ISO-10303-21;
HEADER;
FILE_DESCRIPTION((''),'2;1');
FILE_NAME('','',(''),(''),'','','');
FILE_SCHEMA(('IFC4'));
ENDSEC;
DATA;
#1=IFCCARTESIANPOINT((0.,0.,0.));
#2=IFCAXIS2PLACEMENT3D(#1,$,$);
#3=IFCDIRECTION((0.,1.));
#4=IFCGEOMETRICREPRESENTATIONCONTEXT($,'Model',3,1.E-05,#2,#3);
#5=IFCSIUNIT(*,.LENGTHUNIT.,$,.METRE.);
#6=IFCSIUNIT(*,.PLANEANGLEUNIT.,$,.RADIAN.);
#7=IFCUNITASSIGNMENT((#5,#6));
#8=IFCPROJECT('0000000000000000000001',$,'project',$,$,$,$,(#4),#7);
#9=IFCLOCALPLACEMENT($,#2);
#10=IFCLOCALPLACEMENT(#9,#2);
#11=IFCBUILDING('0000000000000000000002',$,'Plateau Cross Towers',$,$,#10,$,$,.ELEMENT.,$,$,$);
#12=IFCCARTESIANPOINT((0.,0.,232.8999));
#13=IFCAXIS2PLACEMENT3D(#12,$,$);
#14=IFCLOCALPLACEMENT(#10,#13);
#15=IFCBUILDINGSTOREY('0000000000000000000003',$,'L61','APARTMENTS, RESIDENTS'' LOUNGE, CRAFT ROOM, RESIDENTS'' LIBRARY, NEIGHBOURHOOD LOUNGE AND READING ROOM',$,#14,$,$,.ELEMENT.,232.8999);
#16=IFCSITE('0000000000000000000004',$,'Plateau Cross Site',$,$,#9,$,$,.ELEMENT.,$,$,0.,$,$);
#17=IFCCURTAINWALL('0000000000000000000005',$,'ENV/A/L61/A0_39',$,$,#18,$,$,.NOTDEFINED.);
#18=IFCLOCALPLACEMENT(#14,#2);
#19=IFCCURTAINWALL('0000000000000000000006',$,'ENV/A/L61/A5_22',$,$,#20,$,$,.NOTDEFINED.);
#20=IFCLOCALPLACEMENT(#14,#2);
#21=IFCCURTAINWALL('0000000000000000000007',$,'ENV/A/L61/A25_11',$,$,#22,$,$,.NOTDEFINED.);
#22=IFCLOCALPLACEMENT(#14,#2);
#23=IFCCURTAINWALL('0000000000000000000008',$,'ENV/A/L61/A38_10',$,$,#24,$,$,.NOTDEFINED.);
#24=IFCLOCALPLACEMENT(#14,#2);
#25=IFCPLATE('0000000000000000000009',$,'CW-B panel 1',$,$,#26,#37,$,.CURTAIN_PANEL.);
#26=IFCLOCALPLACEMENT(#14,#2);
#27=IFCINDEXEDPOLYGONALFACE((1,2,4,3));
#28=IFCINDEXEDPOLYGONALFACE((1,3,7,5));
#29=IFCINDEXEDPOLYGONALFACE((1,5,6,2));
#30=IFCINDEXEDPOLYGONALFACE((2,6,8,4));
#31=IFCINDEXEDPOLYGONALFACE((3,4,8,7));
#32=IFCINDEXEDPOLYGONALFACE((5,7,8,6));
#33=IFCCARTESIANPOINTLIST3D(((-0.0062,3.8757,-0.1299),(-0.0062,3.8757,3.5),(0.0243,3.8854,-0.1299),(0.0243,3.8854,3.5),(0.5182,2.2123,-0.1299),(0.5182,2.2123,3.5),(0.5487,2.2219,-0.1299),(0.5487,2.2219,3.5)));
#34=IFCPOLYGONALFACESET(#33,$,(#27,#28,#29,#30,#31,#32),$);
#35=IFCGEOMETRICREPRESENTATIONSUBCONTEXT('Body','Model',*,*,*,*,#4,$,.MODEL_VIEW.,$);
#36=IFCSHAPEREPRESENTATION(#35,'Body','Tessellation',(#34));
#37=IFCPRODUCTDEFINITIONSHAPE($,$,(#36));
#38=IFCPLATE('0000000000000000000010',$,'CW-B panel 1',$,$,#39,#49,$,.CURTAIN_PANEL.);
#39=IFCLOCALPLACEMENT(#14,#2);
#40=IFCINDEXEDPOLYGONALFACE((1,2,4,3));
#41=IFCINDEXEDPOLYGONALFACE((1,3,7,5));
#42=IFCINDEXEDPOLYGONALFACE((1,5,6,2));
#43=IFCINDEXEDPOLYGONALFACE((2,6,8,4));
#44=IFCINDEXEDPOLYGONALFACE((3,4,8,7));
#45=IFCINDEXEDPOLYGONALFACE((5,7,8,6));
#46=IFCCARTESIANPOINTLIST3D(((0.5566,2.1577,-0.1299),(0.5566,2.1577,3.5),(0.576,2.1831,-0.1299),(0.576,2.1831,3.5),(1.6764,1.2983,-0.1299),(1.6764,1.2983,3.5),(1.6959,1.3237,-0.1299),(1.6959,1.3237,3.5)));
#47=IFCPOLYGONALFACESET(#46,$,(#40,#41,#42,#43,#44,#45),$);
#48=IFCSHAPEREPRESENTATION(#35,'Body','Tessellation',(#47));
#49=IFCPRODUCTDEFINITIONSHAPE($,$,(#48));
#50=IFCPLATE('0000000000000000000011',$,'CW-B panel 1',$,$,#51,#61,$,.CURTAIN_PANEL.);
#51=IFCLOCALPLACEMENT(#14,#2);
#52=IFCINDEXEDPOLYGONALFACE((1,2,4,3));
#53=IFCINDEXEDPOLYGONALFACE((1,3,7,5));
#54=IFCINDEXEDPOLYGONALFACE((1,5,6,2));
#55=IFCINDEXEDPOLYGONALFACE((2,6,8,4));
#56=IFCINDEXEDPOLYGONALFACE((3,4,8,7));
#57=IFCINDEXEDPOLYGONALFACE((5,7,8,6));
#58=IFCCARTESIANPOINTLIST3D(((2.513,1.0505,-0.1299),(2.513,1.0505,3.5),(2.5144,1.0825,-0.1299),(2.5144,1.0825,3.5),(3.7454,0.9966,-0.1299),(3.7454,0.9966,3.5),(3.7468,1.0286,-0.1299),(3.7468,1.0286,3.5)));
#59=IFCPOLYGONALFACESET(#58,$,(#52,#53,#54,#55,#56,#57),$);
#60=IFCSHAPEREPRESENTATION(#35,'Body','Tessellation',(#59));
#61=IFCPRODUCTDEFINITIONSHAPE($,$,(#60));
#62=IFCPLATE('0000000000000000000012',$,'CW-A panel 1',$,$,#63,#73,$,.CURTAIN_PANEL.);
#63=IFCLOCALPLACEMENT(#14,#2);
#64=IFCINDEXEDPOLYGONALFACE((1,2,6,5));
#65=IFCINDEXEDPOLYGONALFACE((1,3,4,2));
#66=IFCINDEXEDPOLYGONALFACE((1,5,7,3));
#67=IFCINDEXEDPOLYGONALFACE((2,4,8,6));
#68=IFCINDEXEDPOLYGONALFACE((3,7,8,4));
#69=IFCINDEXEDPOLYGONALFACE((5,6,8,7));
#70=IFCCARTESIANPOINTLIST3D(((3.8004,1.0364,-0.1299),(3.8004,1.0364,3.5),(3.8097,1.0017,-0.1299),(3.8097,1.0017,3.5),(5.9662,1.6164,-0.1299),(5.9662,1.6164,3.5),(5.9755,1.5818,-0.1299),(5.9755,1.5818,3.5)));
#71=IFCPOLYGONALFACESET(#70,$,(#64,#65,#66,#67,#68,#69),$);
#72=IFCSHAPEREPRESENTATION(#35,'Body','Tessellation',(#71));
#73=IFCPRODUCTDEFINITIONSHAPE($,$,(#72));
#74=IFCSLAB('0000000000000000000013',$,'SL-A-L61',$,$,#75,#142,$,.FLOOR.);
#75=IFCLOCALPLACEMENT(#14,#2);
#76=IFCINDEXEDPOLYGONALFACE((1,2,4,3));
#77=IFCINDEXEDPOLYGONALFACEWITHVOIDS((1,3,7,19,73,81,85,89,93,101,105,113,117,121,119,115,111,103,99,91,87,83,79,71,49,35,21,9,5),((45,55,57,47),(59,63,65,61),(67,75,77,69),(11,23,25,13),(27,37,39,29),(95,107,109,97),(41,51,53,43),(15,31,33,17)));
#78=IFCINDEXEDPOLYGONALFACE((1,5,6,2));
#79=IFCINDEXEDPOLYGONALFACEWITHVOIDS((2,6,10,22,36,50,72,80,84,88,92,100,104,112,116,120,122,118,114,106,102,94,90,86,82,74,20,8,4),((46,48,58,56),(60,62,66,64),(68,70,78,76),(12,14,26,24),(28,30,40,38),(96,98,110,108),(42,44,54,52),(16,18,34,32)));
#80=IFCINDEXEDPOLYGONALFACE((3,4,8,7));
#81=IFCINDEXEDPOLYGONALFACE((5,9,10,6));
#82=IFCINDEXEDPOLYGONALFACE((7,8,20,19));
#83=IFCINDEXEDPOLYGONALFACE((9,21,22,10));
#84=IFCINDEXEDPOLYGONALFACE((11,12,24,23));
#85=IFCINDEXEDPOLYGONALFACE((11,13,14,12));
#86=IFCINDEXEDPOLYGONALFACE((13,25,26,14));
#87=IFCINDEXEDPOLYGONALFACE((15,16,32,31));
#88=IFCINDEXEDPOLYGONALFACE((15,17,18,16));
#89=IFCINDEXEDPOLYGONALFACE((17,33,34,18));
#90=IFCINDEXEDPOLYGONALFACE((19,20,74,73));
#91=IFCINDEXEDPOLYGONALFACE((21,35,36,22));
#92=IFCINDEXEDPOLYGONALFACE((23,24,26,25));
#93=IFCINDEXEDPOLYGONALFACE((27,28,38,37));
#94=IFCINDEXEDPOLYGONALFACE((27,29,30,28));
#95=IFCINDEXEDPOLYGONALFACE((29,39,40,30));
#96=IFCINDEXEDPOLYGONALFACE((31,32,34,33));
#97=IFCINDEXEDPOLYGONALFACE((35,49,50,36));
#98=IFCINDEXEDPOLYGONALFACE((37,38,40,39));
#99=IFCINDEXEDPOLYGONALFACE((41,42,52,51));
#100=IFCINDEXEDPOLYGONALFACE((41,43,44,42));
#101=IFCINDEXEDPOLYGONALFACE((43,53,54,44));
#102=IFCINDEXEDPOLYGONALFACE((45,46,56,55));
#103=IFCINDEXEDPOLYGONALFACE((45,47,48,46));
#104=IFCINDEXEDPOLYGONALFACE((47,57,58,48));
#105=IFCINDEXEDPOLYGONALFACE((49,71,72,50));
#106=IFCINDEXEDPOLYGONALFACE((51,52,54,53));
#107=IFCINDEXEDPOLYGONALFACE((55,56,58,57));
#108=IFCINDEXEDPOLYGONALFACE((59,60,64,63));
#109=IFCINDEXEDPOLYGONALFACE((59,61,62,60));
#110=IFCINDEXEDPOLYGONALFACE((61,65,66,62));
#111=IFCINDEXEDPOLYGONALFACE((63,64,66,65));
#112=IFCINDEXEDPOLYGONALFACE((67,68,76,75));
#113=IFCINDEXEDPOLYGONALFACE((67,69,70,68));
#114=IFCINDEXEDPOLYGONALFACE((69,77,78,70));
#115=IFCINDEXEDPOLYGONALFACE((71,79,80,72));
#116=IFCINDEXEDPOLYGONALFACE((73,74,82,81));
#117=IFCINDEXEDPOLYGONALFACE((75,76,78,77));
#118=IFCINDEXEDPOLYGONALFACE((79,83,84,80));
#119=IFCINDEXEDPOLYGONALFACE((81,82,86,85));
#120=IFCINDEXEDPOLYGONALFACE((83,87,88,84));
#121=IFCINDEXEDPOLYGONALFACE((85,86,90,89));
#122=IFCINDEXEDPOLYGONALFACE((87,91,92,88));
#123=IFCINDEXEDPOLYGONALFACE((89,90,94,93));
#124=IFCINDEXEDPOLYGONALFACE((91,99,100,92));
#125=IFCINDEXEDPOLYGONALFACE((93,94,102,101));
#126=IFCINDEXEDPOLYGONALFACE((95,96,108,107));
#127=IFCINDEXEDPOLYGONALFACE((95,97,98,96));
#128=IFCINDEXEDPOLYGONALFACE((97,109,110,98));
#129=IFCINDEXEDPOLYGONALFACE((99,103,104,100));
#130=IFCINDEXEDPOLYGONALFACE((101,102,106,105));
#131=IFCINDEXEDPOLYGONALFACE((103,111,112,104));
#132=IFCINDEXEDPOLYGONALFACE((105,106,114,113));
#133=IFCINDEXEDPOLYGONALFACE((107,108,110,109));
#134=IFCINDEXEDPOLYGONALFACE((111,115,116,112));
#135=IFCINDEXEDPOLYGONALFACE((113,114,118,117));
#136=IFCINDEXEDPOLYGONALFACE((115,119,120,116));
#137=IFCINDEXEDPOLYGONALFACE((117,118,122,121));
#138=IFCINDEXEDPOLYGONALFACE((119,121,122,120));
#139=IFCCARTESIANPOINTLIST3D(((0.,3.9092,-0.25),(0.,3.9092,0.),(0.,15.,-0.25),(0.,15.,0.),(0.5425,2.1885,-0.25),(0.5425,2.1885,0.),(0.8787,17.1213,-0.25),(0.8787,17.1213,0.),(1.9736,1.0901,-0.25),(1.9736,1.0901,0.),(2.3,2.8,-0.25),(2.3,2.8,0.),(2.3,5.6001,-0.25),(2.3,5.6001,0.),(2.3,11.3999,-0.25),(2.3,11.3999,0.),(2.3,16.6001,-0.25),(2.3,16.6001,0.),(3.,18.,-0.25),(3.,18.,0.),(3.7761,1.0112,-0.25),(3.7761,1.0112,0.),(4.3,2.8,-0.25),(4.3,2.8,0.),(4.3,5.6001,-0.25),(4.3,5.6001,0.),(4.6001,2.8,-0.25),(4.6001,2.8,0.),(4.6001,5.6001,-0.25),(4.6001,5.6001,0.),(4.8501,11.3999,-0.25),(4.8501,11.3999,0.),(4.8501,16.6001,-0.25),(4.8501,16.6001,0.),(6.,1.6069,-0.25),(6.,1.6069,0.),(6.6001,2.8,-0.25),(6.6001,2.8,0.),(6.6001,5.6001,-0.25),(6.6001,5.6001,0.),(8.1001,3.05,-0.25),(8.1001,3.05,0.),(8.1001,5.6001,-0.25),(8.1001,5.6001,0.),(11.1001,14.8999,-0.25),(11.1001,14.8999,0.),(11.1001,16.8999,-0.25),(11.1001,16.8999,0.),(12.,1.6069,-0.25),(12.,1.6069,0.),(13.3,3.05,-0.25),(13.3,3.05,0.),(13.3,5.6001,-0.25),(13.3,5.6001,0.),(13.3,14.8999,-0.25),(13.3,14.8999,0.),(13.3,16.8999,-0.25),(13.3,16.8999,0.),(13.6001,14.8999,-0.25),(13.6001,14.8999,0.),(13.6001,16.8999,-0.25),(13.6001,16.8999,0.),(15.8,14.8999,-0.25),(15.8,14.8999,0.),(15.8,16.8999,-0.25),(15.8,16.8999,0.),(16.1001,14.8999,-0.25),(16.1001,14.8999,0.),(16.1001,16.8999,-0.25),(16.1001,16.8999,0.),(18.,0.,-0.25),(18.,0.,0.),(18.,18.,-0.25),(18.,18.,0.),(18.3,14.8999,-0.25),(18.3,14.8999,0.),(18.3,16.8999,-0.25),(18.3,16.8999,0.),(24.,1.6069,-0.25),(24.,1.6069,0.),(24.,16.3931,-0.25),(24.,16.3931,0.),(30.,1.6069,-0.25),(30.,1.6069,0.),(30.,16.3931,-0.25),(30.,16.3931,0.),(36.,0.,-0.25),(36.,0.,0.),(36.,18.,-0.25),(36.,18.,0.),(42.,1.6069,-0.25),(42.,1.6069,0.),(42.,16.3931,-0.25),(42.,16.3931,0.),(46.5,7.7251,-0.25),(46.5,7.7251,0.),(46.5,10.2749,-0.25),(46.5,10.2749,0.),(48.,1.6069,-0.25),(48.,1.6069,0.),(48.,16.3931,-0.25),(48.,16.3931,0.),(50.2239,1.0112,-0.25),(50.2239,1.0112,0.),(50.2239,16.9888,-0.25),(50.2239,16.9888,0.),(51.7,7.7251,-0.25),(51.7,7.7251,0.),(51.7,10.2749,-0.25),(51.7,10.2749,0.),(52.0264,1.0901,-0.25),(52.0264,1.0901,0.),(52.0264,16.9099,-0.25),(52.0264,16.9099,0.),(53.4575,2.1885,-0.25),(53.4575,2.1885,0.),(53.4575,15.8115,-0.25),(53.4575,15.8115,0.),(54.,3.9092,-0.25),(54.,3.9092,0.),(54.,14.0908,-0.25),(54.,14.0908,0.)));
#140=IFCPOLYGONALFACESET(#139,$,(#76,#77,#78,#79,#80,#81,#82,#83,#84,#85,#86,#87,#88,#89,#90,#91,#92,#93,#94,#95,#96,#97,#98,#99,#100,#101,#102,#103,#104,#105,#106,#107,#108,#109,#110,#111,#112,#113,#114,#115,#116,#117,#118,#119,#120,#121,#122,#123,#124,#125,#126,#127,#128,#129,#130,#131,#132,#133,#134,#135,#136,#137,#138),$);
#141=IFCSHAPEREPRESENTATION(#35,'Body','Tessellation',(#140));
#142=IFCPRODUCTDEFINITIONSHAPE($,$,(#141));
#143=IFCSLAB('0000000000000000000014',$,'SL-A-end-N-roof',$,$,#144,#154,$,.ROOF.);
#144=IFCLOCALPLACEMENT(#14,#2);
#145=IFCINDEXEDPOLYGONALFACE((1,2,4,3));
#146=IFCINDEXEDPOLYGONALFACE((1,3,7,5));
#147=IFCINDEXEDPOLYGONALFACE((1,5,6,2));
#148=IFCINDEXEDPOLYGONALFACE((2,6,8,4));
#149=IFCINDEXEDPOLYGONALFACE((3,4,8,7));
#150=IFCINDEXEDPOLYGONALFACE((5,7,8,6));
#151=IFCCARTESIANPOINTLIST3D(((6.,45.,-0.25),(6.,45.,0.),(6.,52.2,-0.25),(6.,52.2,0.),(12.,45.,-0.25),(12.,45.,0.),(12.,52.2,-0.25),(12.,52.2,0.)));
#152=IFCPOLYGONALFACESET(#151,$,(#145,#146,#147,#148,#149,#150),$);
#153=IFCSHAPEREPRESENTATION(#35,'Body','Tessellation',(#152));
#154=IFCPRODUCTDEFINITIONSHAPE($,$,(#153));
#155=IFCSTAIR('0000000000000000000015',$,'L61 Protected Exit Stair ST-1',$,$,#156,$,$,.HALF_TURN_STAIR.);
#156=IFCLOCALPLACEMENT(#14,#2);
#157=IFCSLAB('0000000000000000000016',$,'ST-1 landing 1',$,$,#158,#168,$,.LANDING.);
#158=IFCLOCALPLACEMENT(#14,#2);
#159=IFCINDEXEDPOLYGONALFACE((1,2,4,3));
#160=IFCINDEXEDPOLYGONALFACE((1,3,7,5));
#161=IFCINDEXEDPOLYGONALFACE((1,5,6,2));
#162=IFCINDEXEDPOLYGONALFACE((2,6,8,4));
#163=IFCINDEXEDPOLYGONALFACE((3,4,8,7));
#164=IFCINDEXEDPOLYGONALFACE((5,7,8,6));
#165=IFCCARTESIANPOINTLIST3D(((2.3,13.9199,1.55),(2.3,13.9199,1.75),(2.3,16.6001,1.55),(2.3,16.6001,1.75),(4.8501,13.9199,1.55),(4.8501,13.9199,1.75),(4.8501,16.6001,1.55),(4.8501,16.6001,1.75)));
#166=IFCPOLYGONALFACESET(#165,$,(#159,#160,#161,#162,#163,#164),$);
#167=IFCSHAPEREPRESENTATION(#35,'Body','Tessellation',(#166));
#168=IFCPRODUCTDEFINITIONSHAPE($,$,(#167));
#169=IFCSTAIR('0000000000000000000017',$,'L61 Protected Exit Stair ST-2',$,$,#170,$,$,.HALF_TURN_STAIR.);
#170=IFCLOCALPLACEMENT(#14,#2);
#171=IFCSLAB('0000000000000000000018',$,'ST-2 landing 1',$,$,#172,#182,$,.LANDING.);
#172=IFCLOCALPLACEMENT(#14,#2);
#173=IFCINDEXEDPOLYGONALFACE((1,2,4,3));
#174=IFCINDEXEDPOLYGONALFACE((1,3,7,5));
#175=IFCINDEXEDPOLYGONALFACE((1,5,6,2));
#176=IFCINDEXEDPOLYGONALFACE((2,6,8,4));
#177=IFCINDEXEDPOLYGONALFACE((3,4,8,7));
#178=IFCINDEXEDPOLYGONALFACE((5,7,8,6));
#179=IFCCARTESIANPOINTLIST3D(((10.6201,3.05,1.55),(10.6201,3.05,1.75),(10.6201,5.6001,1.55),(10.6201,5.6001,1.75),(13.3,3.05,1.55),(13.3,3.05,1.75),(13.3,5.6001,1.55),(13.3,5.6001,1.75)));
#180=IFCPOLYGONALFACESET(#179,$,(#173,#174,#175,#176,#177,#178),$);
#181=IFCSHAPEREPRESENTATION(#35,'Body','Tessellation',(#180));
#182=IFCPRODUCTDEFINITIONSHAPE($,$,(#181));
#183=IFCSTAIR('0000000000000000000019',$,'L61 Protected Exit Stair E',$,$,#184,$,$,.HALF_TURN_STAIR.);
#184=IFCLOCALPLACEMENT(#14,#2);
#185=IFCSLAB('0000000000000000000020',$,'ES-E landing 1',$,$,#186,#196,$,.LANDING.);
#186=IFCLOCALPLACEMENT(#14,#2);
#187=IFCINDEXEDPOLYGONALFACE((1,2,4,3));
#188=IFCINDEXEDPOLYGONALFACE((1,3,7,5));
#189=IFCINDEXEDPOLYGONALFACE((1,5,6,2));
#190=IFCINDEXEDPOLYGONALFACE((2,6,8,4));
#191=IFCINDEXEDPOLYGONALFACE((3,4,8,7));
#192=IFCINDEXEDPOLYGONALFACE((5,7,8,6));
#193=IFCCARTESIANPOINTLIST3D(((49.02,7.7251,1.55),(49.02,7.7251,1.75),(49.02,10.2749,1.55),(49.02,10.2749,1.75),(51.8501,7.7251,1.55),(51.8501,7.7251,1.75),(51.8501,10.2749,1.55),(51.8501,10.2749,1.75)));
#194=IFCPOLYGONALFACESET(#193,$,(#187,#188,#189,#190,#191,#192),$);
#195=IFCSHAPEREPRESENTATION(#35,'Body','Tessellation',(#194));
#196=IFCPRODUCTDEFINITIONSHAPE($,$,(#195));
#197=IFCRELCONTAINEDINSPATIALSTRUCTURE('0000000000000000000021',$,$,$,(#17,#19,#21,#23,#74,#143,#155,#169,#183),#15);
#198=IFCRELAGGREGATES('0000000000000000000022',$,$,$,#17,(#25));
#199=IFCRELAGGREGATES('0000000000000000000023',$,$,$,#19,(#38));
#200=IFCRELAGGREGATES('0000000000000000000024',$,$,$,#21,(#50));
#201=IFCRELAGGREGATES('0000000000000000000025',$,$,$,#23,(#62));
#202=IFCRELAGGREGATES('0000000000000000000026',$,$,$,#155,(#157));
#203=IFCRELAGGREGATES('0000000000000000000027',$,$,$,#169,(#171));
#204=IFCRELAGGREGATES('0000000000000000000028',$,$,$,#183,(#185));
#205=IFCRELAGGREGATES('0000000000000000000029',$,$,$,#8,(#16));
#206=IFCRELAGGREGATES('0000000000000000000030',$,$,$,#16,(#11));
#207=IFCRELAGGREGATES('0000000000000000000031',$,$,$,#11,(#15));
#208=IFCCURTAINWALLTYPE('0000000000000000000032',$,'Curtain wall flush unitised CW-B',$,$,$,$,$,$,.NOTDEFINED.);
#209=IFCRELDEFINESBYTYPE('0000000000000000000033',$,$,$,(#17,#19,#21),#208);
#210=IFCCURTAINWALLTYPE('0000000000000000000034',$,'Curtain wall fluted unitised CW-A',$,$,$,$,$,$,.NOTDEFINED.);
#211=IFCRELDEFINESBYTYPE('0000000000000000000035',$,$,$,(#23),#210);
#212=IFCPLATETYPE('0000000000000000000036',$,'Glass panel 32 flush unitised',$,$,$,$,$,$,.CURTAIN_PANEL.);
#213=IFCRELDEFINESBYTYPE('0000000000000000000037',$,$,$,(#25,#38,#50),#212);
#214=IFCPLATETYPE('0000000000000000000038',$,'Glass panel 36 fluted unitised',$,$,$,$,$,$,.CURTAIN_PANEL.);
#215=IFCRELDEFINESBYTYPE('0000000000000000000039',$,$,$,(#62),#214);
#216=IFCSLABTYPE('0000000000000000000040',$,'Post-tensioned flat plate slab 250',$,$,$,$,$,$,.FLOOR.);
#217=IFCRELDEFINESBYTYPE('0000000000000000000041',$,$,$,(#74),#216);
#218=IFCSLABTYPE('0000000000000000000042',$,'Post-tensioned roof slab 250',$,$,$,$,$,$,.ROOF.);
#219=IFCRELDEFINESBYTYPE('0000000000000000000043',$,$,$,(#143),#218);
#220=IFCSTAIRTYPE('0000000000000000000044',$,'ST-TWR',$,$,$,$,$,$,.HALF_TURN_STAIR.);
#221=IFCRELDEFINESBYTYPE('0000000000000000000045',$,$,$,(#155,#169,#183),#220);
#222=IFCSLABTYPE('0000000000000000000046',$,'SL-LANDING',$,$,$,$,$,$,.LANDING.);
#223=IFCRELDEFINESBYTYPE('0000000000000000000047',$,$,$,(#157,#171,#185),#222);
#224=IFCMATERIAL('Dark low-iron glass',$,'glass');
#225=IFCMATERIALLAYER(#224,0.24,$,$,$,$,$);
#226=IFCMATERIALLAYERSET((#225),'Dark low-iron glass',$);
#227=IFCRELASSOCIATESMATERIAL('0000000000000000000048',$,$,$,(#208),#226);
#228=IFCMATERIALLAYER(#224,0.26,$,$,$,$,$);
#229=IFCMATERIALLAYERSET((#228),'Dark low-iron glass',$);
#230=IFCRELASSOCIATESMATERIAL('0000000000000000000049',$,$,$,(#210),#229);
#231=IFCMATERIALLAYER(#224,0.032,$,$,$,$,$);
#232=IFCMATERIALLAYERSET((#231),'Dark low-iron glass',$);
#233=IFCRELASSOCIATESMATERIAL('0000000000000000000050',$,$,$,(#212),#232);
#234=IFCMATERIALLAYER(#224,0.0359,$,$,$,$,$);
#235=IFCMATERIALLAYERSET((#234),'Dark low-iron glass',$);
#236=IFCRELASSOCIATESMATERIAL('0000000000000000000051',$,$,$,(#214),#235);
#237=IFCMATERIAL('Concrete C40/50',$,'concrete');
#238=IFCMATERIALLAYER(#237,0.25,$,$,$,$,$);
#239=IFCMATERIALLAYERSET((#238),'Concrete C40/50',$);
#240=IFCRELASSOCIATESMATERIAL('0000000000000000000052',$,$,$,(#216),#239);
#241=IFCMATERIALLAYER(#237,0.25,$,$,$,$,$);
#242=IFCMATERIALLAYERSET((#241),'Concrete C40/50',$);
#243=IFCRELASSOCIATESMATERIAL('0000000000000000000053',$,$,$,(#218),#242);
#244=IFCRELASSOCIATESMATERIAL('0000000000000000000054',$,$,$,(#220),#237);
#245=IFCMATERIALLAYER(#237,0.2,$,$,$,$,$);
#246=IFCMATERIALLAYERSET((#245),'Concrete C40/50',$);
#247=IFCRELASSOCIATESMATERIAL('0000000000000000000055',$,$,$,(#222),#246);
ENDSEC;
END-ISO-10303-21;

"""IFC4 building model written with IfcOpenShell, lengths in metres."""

from ifc_helpers import new_model, si_unit, direction, frame, origin, origin_2d, place, context, subcontext, project, spatial, polyline, rectangle, outline, extrude, material, layer, layer_set, type_object, element, aggregate, save


model = new_model("IFC4")

# Units and contexts
model_context = context("Model", 3, precision=1e-05, world=origin(), true_north=direction((0.0, 1.0)))
body_context = subcontext(model_context, "Body", "Model", "MODEL_VIEW")
ifc_project = project(units=[si_unit("LENGTHUNIT", "METRE"), si_unit("PLANEANGLEUNIT", "RADIAN")], contexts=[model_context])

# Site, building, storey
site_placement = place(None, origin())
site = spatial("IfcSite", under=ifc_project, at=site_placement, Name="Plateau Cross Site", CompositionType="ELEMENT", RefElevation=0.0)
building_placement = place(site_placement, origin())
building = spatial("IfcBuilding", under=site, at=building_placement, Name="Plateau Cross Towers", CompositionType="ELEMENT")
storey_placement = place(building_placement, frame((0.0, 0.0, 232.8999)))
storey = spatial("IfcBuildingStorey", under=building, at=storey_placement, Name="L61", Description="APARTMENTS, RESIDENTS' LOUNGE, CRAFT ROOM, RESIDENTS' LIBRARY, NEIGHBOURHOOD LOUNGE AND READING ROOM", CompositionType="ELEMENT", Elevation=232.8999)

# Curtain wall
ifc_material_1 = material(Name="Dark low-iron glass", Category="glass")
ifc_layer_1 = layer(ifc_material_1, 0.24)
ifc_layer_set_1 = layer_set([ifc_layer_1], Name="Dark low-iron glass")
curtain_wall_type_1 = type_object("IfcCurtainWallType", Name="Curtain wall flush unitised CW-B", PredefinedType="NOTDEFINED", material=ifc_layer_set_1)
curtain_wall_1_placement = place(storey_placement, origin())
curtain_wall_1 = element("IfcCurtainWall", 1, at=curtain_wall_1_placement, inside=storey, type_object=curtain_wall_type_1, Name="ENV/A/L61/A0_39", PredefinedType="NOTDEFINED")

# Curtain wall
curtain_wall_2_placement = place(storey_placement, origin())
curtain_wall_2 = element("IfcCurtainWall", 2, at=curtain_wall_2_placement, inside=storey, type_object=curtain_wall_type_1, Name="ENV/A/L61/A5_22", PredefinedType="NOTDEFINED")

# Curtain walls
curtain_wall_3_placement = place(storey_placement, origin())
curtain_wall_3 = element("IfcCurtainWall", 3, at=curtain_wall_3_placement, inside=storey, type_object=curtain_wall_type_1, Name="ENV/A/L61/A25_11", PredefinedType="NOTDEFINED")
ifc_layer_2 = layer(ifc_material_1, 0.26)
ifc_layer_set_2 = layer_set([ifc_layer_2], Name="Dark low-iron glass")
curtain_wall_type_2 = type_object("IfcCurtainWallType", Name="Curtain wall fluted unitised CW-A", PredefinedType="NOTDEFINED", material=ifc_layer_set_2)
curtain_wall_4_placement = place(storey_placement, origin())
curtain_wall_4 = element("IfcCurtainWall", 4, at=curtain_wall_4_placement, inside=storey, type_object=curtain_wall_type_2, Name="ENV/A/L61/A38_10", PredefinedType="NOTDEFINED")

# Plates
ifc_layer_3 = layer(ifc_material_1, 0.032)
ifc_layer_set_3 = layer_set([ifc_layer_3], Name="Dark low-iron glass")
plate_type_1 = type_object("IfcPlateType", Name="Glass panel 32 flush unitised", PredefinedType="CURTAIN_PANEL", material=ifc_layer_set_3)
plate_1_placement = place(storey_placement, frame((0.2712, 3.0488, -0.1299), z_axis=(0.0, 0.0, 1.0), x_axis=(0.300686, -0.953723, 0.0)))
plate_1 = element("IfcPlate", 5, at=plate_1_placement, type_object=plate_type_1, Name="CW-B panel 1", PredefinedType="CURTAIN_PANEL", context=body_context, shape_type="SweptSolid", body=[
    extrude(rectangle(XDim=1.7441, YDim=0.032, at=origin_2d()), origin(), (0.0, 0.0, 1.0), 3.6299),
])
aggregate(curtain_wall_1, [plate_1])
plate_2_placement = place(storey_placement, frame((1.1262, 1.7407, -0.1299), z_axis=(0.0, 0.0, 1.0), x_axis=(0.793316, -0.608811, 0.0)))
plate_2 = element("IfcPlate", 6, at=plate_2_placement, type_object=plate_type_1, Name="CW-B panel 1", PredefinedType="CURTAIN_PANEL", context=body_context, shape_type="SweptSolid", body=[
    extrude(rectangle(XDim=1.4116, YDim=0.032, at=origin_2d()), origin(), (0.0, 0.0, 1.0), 3.6299),
])
aggregate(curtain_wall_2, [plate_2])
plate_3_placement = place(storey_placement, frame((3.1299, 1.0396, -0.1299), z_axis=(0.0, 0.0, 1.0), x_axis=(0.999044, -0.043723, 0.0)))
plate_3 = element("IfcPlate", 7, at=plate_3_placement, type_object=plate_type_1, Name="CW-B panel 1", PredefinedType="CURTAIN_PANEL", context=body_context, shape_type="SweptSolid", body=[
    extrude(rectangle(XDim=1.2336, YDim=0.032, at=origin_2d()), origin(), (0.0, 0.0, 1.0), 3.6299),
])
aggregate(curtain_wall_3, [plate_3])
ifc_layer_4 = layer(ifc_material_1, 0.0359)
ifc_layer_set_4 = layer_set([ifc_layer_4], Name="Dark low-iron glass")
plate_type_2 = type_object("IfcPlateType", Name="Glass panel 36 fluted unitised", PredefinedType="CURTAIN_PANEL", material=ifc_layer_set_4)
plate_4_placement = place(storey_placement, frame((4.8879, 1.3091, -0.1299), z_axis=(0.0, 0.0, 1.0), x_axis=(0.965958, 0.258699, 0.0)))
plate_4 = element("IfcPlate", 8, at=plate_4_placement, type_object=plate_type_2, Name="CW-A panel 1", PredefinedType="CURTAIN_PANEL", context=body_context, shape_type="SweptSolid", body=[
    extrude(rectangle(XDim=2.2422, YDim=0.0359, at=origin_2d()), origin(), (0.0, 0.0, 1.0), 3.6299),
])
aggregate(curtain_wall_4, [plate_4])

# Slabs
ifc_material_2 = material(Name="Concrete C40/50", Category="concrete")
ifc_layer_5 = layer(ifc_material_2, 0.25)
ifc_layer_set_5 = layer_set([ifc_layer_5], Name="Concrete C40/50")
slab_type_1 = type_object("IfcSlabType", Name="Post-tensioned flat plate slab 250", PredefinedType="FLOOR", material=ifc_layer_set_5)
slab_1_placement = place(storey_placement, frame((0.0, 0.0, -0.25)))
element("IfcSlab", 9, at=slab_1_placement, inside=storey, type_object=slab_type_1, Name="SL-A-L61", PredefinedType="FLOOR", context=body_context, shape_type="SweptSolid", body=[
    extrude(outline(polyline([(1.9736, 1.0901), (0.5425, 2.1885), (0.0, 3.9092), (0.0, 15.0), (0.8787, 17.1213), (3.0, 18.0), (18.0, 18.0), (24.0, 16.3931), (30.0, 16.3931), (36.0, 18.0), (42.0, 16.3931), (48.0, 16.3931), (50.2239, 16.9888), (52.0264, 16.9099), (53.4575, 15.8115), (54.0, 14.0908), (54.0, 3.9092), (53.4575, 2.1885), (52.0264, 1.0901), (50.2239, 1.0112), (48.0, 1.6069), (42.0, 1.6069), (36.0, 0.0), (30.0, 1.6069), (24.0, 1.6069), (18.0, 0.0), (12.0, 1.6069), (6.0, 1.6069), (3.7761, 1.0112), (1.9736, 1.0901)]), holes=[polyline([(4.3, 5.6001), (2.3, 5.6001), (2.3, 2.8), (4.3, 2.8), (4.3, 5.6001)]), polyline([(6.6001, 5.6001), (4.6001, 5.6001), (4.6001, 2.8), (6.6001, 2.8), (6.6001, 5.6001)]), polyline([(13.3, 5.6001), (8.1001, 5.6001), (8.1001, 3.05), (13.3, 3.05), (13.3, 5.6001)]), polyline([(51.7, 10.2749), (46.5, 10.2749), (46.5, 7.7251), (51.7, 7.7251), (51.7, 10.2749)]), polyline([(2.3, 16.6001), (2.3, 11.3999), (4.8501, 11.3999), (4.8501, 16.6001), (2.3, 16.6001)]), polyline([(13.3, 16.8999), (11.1001, 16.8999), (11.1001, 14.8999), (13.3, 14.8999), (13.3, 16.8999)]), polyline([(15.8, 16.8999), (13.6001, 16.8999), (13.6001, 14.8999), (15.8, 14.8999), (15.8, 16.8999)]), polyline([(18.3, 16.8999), (16.1001, 16.8999), (16.1001, 14.8999), (18.3, 14.8999), (18.3, 16.8999)])]), origin(), (0.0, 0.0, 1.0), 0.25),
])
ifc_layer_6 = layer(ifc_material_2, 0.25)
ifc_layer_set_6 = layer_set([ifc_layer_6], Name="Concrete C40/50")
slab_type_2 = type_object("IfcSlabType", Name="Post-tensioned roof slab 250", PredefinedType="ROOF", material=ifc_layer_set_6)
slab_2_placement = place(storey_placement, frame((0.0, 0.0, -0.25)))
element("IfcSlab", 10, at=slab_2_placement, inside=storey, type_object=slab_type_2, Name="SL-A-end-N-roof", PredefinedType="ROOF", context=body_context, shape_type="SweptSolid", body=[
    extrude(outline(polyline([(12.0, 45.0), (6.0, 45.0), (6.0, 52.2), (12.0, 52.2), (12.0, 45.0)])), origin(), (0.0, 0.0, 1.0), 0.25),
])

# Stairs, slabs
stair_type = type_object("IfcStairType", Name="ST-TWR", PredefinedType="HALF_TURN_STAIR", material=ifc_material_2)
stair_1_placement = place(storey_placement, origin())
stair_1 = element("IfcStair", 11, at=stair_1_placement, inside=storey, type_object=stair_type, Name="L61 Protected Exit Stair ST-1", PredefinedType="HALF_TURN_STAIR")
ifc_layer_7 = layer(ifc_material_2, 0.2)
ifc_layer_set_7 = layer_set([ifc_layer_7], Name="Concrete C40/50")
slab_type_3 = type_object("IfcSlabType", Name="SL-LANDING", PredefinedType="LANDING", material=ifc_layer_set_7)
slab_3_placement = place(storey_placement, frame((0.0, 0.0, 1.55)))
slab_3 = element("IfcSlab", 12, at=slab_3_placement, type_object=slab_type_3, Name="ST-1 landing 1", PredefinedType="LANDING", context=body_context, shape_type="SweptSolid", body=[
    extrude(outline(polyline([(4.8501, 13.9199), (4.8501, 16.6001), (2.3, 16.6001), (2.3, 13.9199), (4.8501, 13.9199)])), origin(), (0.0, 0.0, 1.0), 0.2),
])
aggregate(stair_1, [slab_3])
stair_2_placement = place(storey_placement, origin())
stair_2 = element("IfcStair", 13, at=stair_2_placement, inside=storey, type_object=stair_type, Name="L61 Protected Exit Stair ST-2", PredefinedType="HALF_TURN_STAIR")
slab_4_placement = place(storey_placement, frame((0.0, 0.0, 1.55)))
slab_4 = element("IfcSlab", 14, at=slab_4_placement, type_object=slab_type_3, Name="ST-2 landing 1", PredefinedType="LANDING", context=body_context, shape_type="SweptSolid", body=[
    extrude(outline(polyline([(10.6201, 3.05), (13.3, 3.05), (13.3, 5.6001), (10.6201, 5.6001), (10.6201, 3.05)])), origin(), (0.0, 0.0, 1.0), 0.2),
])
aggregate(stair_2, [slab_4])
stair_3_placement = place(storey_placement, origin())
stair_3 = element("IfcStair", 15, at=stair_3_placement, inside=storey, type_object=stair_type, Name="L61 Protected Exit Stair E", PredefinedType="HALF_TURN_STAIR")
slab_5_placement = place(storey_placement, frame((0.0, 0.0, 1.55)))
slab_5 = element("IfcSlab", 16, at=slab_5_placement, type_object=slab_type_3, Name="ES-E landing 1", PredefinedType="LANDING", context=body_context, shape_type="SweptSolid", body=[
    extrude(outline(polyline([(49.02, 7.7251), (51.8501, 7.7251), (51.8501, 10.2749), (49.02, 10.2749), (49.02, 7.7251)])), origin(), (0.0, 0.0, 1.0), 0.2),
])
aggregate(stair_3, [slab_5])

save(model, "model.ifc")
